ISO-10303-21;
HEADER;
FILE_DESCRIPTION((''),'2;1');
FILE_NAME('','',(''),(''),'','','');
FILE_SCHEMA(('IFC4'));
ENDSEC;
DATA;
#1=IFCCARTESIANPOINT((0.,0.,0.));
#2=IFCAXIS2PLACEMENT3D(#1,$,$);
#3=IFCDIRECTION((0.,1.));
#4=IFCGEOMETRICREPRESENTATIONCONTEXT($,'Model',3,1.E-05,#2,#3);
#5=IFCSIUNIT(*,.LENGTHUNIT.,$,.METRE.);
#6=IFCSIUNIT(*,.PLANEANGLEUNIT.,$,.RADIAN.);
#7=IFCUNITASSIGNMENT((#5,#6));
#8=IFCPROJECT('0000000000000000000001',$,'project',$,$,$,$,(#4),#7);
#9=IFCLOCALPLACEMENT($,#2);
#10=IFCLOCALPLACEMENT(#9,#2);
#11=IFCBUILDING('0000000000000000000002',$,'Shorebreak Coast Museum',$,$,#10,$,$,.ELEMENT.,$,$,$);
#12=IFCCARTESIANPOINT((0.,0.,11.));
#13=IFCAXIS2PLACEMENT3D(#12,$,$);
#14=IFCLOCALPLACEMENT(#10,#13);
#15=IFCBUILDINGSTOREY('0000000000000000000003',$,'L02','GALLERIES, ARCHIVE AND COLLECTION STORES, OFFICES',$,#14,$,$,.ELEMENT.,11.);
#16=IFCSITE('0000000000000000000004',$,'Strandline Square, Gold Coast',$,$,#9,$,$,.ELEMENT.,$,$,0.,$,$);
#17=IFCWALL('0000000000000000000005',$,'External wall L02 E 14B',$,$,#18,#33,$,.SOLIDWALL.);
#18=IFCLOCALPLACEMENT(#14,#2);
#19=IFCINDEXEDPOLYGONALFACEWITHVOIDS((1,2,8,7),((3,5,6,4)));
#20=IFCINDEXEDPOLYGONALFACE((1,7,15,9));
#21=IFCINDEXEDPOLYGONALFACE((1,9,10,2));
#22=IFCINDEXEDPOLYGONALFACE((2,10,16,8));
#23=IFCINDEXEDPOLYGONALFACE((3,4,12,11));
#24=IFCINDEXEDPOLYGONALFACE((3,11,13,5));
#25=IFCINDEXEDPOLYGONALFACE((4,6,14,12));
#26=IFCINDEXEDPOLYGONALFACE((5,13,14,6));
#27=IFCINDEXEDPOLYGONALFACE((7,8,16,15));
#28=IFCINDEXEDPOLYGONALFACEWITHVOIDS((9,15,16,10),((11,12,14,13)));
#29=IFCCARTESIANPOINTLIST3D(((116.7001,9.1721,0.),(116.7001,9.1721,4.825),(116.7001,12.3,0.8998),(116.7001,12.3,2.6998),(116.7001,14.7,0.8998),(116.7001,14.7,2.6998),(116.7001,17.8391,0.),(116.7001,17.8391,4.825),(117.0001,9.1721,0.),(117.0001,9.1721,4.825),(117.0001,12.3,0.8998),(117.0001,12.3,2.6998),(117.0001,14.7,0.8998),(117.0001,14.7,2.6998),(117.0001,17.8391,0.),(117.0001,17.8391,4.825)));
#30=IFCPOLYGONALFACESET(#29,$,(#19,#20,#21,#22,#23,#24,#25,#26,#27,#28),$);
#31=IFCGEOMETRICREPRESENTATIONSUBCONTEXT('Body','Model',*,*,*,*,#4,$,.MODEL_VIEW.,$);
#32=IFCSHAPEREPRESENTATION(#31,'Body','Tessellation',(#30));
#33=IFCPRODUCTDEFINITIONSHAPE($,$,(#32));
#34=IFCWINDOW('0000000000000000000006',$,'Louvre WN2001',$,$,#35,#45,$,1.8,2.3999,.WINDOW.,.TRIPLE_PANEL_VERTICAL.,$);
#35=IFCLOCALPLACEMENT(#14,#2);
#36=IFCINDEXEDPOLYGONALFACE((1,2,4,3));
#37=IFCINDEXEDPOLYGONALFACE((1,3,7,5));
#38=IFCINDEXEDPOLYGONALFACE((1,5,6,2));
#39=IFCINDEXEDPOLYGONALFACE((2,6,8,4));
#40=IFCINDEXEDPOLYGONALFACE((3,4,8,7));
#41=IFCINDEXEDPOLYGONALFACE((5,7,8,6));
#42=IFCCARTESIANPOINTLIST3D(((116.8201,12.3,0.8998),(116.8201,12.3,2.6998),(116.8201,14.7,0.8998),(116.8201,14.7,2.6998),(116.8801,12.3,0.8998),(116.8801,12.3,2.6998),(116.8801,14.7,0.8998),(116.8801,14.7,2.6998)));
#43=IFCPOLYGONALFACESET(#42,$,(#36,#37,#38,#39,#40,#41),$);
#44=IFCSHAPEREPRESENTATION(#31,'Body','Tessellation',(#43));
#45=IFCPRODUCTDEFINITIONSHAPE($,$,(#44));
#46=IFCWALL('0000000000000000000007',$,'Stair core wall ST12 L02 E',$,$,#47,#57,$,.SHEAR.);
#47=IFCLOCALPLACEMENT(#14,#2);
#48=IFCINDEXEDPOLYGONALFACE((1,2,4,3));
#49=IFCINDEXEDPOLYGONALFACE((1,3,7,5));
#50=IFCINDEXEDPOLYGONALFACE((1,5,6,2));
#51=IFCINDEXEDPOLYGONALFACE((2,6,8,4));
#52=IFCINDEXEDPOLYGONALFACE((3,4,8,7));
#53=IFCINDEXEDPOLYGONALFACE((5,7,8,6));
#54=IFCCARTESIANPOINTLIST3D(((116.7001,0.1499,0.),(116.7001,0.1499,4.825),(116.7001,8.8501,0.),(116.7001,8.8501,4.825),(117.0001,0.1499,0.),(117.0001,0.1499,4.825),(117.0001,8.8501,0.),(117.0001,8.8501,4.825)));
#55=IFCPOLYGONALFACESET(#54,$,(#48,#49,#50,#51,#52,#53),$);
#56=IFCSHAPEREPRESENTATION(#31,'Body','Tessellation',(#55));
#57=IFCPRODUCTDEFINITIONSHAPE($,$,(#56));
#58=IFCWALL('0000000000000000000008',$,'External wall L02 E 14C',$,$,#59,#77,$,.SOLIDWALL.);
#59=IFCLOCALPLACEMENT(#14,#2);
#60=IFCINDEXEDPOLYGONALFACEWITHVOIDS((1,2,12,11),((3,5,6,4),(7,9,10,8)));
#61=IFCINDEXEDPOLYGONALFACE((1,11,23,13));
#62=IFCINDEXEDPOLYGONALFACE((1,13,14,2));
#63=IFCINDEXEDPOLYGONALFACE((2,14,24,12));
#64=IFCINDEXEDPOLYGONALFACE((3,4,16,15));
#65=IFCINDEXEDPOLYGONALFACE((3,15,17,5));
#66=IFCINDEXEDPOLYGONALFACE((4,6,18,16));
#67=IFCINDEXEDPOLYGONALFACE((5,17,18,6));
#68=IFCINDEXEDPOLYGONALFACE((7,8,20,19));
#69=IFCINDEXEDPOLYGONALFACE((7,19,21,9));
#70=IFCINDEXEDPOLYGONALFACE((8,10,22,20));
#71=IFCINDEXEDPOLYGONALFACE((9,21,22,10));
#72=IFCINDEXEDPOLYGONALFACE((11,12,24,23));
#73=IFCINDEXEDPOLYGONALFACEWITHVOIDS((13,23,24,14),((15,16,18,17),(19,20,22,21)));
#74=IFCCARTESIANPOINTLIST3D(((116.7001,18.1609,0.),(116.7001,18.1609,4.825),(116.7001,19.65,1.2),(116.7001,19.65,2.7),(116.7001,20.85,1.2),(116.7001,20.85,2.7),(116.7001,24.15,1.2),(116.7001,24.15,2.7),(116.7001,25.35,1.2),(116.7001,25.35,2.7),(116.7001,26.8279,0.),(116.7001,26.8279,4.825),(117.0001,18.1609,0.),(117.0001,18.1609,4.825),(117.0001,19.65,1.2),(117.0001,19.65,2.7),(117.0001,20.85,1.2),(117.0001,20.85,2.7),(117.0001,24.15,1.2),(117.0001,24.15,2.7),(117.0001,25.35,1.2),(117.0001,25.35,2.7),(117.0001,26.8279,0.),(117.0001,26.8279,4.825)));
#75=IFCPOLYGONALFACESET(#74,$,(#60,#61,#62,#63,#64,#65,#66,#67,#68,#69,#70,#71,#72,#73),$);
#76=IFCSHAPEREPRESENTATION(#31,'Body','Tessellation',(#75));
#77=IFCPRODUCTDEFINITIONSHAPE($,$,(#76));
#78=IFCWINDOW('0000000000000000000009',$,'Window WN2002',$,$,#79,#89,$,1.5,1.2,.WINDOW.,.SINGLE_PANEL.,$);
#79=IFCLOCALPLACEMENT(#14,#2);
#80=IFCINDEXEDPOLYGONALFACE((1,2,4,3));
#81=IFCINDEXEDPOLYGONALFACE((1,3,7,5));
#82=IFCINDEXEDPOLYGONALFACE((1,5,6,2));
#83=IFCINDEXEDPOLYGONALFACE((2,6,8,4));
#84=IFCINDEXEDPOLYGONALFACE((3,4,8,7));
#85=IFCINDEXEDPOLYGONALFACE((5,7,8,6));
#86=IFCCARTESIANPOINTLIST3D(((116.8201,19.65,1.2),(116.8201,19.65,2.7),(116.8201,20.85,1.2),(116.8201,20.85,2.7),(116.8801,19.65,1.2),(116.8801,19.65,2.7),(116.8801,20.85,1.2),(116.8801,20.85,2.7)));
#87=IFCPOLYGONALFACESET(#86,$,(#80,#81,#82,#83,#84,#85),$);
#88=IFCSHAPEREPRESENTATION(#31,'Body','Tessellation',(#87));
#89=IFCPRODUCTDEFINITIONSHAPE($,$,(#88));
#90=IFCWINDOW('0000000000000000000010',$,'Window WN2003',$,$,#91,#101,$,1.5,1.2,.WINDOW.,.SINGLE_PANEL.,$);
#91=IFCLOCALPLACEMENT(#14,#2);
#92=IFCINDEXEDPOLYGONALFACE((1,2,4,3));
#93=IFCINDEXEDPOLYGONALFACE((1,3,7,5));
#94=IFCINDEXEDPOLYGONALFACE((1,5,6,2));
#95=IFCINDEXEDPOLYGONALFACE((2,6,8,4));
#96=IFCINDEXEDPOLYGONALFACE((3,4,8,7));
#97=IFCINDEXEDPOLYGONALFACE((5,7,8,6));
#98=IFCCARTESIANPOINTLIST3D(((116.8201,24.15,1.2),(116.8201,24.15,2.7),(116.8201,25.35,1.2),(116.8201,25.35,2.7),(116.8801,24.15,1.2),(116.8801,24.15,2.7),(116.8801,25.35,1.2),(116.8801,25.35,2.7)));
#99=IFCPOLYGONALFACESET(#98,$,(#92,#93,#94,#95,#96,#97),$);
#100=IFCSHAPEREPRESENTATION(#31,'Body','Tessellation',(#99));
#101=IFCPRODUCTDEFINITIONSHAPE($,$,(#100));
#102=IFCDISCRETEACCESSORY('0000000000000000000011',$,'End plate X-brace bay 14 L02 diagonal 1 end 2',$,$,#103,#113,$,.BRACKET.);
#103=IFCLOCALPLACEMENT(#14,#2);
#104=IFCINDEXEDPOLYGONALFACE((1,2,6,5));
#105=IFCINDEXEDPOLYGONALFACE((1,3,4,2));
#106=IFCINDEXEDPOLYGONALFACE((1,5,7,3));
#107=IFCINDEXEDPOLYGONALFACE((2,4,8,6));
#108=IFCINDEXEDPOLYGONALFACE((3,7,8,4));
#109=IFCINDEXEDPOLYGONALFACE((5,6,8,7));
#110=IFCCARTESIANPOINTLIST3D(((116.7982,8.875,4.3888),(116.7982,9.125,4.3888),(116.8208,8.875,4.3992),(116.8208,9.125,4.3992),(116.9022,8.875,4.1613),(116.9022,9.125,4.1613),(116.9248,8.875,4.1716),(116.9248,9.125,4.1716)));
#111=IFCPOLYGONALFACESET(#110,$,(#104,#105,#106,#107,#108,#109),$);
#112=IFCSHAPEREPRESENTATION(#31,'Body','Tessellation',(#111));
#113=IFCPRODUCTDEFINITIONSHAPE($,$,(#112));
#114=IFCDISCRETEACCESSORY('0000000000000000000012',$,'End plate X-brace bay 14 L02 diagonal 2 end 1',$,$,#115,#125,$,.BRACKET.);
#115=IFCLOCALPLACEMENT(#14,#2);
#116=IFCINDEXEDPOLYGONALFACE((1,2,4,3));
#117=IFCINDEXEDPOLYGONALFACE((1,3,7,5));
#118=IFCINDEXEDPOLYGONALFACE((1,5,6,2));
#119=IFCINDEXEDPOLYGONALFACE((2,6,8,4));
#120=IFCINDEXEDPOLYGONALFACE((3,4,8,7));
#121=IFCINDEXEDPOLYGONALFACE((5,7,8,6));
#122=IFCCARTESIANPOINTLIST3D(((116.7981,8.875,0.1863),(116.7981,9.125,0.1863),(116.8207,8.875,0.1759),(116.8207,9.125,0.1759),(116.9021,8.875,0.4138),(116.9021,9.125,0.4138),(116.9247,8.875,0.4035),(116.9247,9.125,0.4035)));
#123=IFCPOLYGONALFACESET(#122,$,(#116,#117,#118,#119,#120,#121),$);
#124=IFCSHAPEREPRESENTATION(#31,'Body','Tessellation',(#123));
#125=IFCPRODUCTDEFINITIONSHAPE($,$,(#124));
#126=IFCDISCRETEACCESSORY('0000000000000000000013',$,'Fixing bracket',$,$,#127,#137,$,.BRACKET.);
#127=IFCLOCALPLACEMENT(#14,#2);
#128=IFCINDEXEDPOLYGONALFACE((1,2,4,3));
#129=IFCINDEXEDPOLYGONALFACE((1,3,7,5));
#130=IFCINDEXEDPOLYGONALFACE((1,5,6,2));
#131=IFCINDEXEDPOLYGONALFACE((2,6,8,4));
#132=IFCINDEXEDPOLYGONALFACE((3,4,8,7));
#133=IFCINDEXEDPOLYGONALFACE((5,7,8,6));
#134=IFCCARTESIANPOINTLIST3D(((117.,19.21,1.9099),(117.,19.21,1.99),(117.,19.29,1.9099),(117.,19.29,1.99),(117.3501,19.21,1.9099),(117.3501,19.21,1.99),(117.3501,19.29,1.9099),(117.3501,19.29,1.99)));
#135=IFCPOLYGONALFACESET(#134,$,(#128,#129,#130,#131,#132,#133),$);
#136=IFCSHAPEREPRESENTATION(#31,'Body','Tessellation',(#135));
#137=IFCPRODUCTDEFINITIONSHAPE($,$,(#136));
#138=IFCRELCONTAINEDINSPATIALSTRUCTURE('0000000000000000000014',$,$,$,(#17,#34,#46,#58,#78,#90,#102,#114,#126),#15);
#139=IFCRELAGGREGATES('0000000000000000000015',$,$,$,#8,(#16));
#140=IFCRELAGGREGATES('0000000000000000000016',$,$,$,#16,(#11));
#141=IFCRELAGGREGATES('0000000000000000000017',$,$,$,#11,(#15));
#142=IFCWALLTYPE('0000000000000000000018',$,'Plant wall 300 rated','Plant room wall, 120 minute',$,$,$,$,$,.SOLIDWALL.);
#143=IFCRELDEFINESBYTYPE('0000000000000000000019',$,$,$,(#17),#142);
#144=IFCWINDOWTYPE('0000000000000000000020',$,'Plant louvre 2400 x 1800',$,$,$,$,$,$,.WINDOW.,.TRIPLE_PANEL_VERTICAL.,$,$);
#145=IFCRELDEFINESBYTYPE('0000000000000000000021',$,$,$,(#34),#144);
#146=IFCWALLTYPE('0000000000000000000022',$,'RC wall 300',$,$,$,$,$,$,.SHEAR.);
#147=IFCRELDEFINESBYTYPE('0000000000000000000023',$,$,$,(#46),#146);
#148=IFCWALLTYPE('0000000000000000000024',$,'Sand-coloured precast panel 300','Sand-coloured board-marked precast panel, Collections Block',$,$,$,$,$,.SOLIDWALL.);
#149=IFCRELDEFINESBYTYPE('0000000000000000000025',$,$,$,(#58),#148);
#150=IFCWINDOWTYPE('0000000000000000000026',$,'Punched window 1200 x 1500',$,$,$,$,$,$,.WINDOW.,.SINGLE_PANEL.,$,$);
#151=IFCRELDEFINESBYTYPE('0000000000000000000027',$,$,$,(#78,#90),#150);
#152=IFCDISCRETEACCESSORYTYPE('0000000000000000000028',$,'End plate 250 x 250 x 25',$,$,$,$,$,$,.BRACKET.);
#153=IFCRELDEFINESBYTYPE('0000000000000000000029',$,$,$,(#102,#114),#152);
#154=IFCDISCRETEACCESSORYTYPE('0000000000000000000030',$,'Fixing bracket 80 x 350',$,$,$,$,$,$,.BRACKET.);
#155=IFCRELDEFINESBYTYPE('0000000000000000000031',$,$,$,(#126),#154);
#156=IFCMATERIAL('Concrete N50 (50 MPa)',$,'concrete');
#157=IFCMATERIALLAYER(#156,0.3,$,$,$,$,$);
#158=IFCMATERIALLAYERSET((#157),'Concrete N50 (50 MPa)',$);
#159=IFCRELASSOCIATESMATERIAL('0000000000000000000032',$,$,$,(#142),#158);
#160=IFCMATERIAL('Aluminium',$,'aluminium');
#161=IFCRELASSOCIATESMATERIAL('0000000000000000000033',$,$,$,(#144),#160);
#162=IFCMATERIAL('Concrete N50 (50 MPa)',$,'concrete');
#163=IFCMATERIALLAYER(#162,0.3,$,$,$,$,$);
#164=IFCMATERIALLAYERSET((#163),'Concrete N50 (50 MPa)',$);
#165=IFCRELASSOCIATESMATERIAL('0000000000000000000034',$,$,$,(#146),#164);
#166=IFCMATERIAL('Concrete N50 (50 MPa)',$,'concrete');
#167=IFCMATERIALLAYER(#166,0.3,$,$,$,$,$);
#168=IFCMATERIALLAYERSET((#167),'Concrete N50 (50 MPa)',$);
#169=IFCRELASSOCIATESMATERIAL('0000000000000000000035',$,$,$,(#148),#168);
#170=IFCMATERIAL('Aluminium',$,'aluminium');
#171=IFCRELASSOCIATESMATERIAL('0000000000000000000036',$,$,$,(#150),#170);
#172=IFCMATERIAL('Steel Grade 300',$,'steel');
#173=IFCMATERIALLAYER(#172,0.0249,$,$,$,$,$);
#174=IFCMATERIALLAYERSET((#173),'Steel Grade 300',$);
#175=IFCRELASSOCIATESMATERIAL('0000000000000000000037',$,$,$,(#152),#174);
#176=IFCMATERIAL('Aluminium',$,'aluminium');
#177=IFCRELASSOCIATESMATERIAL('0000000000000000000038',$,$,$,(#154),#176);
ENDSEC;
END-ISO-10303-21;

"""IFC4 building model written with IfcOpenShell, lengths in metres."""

from ifc_helpers import new_model, si_unit, direction, frame, frame_2d, origin, origin_2d, place, context, subcontext, project, spatial, polyline, rectangle, outline, extrude, material, layer, layer_set, type_object, element, fill, save


model = new_model("IFC4")

# Units and contexts
model_context = context("Model", 3, precision=1e-05, world=origin(), true_north=direction((0.0, 1.0)))
body_context = subcontext(model_context, "Body", "Model", "MODEL_VIEW")
ifc_project = project(units=[si_unit("LENGTHUNIT", "METRE"), si_unit("PLANEANGLEUNIT", "RADIAN")], contexts=[model_context])

# Site, building, storey
site_placement = place(None, origin())
site = spatial("IfcSite", under=ifc_project, at=site_placement, Name="Strandline Square, Gold Coast", CompositionType="ELEMENT", RefElevation=0.0)
building_placement = place(site_placement, origin())
building = spatial("IfcBuilding", under=site, at=building_placement, Name="Shorebreak Coast Museum", CompositionType="ELEMENT")
storey_placement = place(building_placement, frame((0.0, 0.0, 11.0)))
storey = spatial("IfcBuildingStorey", under=building, at=storey_placement, Name="L02", Description="GALLERIES, ARCHIVE AND COLLECTION STORES, OFFICES", CompositionType="ELEMENT", Elevation=11.0)

# Wall, opening, window
ifc_material_1 = material(Name="Concrete N50 (50 MPa)", Category="concrete")
ifc_layer_1 = layer(ifc_material_1, 0.3)
ifc_layer_set_1 = layer_set([ifc_layer_1], Name="Concrete N50 (50 MPa)")
wall_type_1 = type_object("IfcWallType", Name="Plant wall 300 rated", Description="Plant room wall, 120 minute", PredefinedType="SOLIDWALL", material=ifc_layer_set_1)
wall_1_placement = place(storey_placement, frame((116.8501, 9.1721, 0.0), z_axis=(0.0, 0.0, 1.0), x_axis=(0.0, 1.0, 0.0)))
wall_1 = element("IfcWall", 1, at=wall_1_placement, inside=storey, type_object=wall_type_1, Name="External wall L02 E 14B", PredefinedType="SOLIDWALL", context=body_context, shape_type="SweptSolid", body=[
    extrude(rectangle(XDim=8.667, YDim=0.3, at=frame_2d((4.3335, 0.0))), origin(), (0.0, 0.0, 1.0), 4.825),
])
opening_1_placement = place(wall_1_placement, frame((3.1279, 0.0, 0.8999)))
opening_1 = element("IfcOpeningElement", 2, at=opening_1_placement, cuts=wall_1, PredefinedType="OPENING", context=body_context, shape_type="SweptSolid", body=[
    extrude(rectangle(XDim=2.3999, YDim=1.8, at=frame_2d((1.2, 0.8999))), frame((0.0, 0.1599, 0.0), z_axis=(0.0, -1.0, 0.0), x_axis=(1.0, 0.0, 0.0)), (0.0, 0.0, 1.0), 0.3201),
])
ifc_material_2 = material(Name="Aluminium", Category="aluminium")
window_type_1 = type_object("IfcWindowType", Name="Plant louvre 2400 x 1800", PartitioningType="TRIPLE_PANEL_VERTICAL", PredefinedType="WINDOW", material=ifc_material_2)
window_1_placement = place(opening_1_placement, origin())
window_1 = element("IfcWindow", 3, at=window_1_placement, inside=storey, type_object=window_type_1, Name="Louvre WN2001", OverallHeight=1.8, OverallWidth=2.3999, PartitioningType="TRIPLE_PANEL_VERTICAL", PredefinedType="WINDOW", context=body_context, shape_type="SweptSolid", body=[
    extrude(rectangle(XDim=2.3999, YDim=1.8, at=frame_2d((1.2, 0.8999))), frame((0.0, 0.03, 0.0), z_axis=(0.0, -1.0, 0.0), x_axis=(1.0, 0.0, 0.0)), (0.0, 0.0, 1.0), 0.0601),
])
fill(opening_1, window_1)

# Wall
ifc_material_3 = material(Name="Concrete N50 (50 MPa)", Category="concrete")
ifc_layer_2 = layer(ifc_material_3, 0.3)
ifc_layer_set_2 = layer_set([ifc_layer_2], Name="Concrete N50 (50 MPa)")
wall_type_2 = type_object("IfcWallType", Name="RC wall 300", PredefinedType="SHEAR", material=ifc_layer_set_2)
wall_2_placement = place(storey_placement, frame((116.8501, 0.1499, 0.0), z_axis=(0.0, 0.0, 1.0), x_axis=(0.0, 1.0, 0.0)))
element("IfcWall", 4, at=wall_2_placement, inside=storey, type_object=wall_type_2, Name="Stair core wall ST12 L02 E", PredefinedType="SHEAR", context=body_context, shape_type="SweptSolid", body=[
    extrude(rectangle(XDim=8.7002, YDim=0.3, at=frame_2d((4.3501, 0.0))), origin(), (0.0, 0.0, 1.0), 4.825),
])

# Wall, openings, windows
ifc_material_4 = material(Name="Concrete N50 (50 MPa)", Category="concrete")
ifc_layer_3 = layer(ifc_material_4, 0.3)
ifc_layer_set_3 = layer_set([ifc_layer_3], Name="Concrete N50 (50 MPa)")
wall_type_3 = type_object("IfcWallType", Name="Sand-coloured precast panel 300", Description="Sand-coloured board-marked precast panel, Collections Block", PredefinedType="SOLIDWALL", material=ifc_layer_set_3)
wall_3_placement = place(storey_placement, frame((116.8501, 18.1609, 0.0), z_axis=(0.0, 0.0, 1.0), x_axis=(0.0, 1.0, 0.0)))
wall_3 = element("IfcWall", 5, at=wall_3_placement, inside=storey, type_object=wall_type_3, Name="External wall L02 E 14C", PredefinedType="SOLIDWALL", context=body_context, shape_type="SweptSolid", body=[
    extrude(rectangle(XDim=8.667, YDim=0.3, at=frame_2d((4.3335, 0.0))), origin(), (0.0, 0.0, 1.0), 4.825),
])
opening_2_placement = place(wall_3_placement, frame((1.489, 0.0, 1.2)))
opening_2 = element("IfcOpeningElement", 6, at=opening_2_placement, cuts=wall_3, PredefinedType="OPENING", context=body_context, shape_type="SweptSolid", body=[
    extrude(rectangle(XDim=1.2, YDim=1.5, at=frame_2d((0.6001, 0.75))), frame((0.0, 0.1599, 0.0), z_axis=(0.0, -1.0, 0.0), x_axis=(1.0, 0.0, 0.0)), (0.0, 0.0, 1.0), 0.3201),
])
opening_3_placement = place(wall_3_placement, frame((5.989, 0.0, 1.2)))
opening_3 = element("IfcOpeningElement", 7, at=opening_3_placement, cuts=wall_3, PredefinedType="OPENING", context=body_context, shape_type="SweptSolid", body=[
    extrude(rectangle(XDim=1.2, YDim=1.5, at=frame_2d((0.6001, 0.75))), frame((0.0, 0.1599, 0.0), z_axis=(0.0, -1.0, 0.0), x_axis=(1.0, 0.0, 0.0)), (0.0, 0.0, 1.0), 0.3201),
])
ifc_material_5 = material(Name="Aluminium", Category="aluminium")
window_type_2 = type_object("IfcWindowType", Name="Punched window 1200 x 1500", PartitioningType="SINGLE_PANEL", PredefinedType="WINDOW", material=ifc_material_5)
window_2_placement = place(opening_2_placement, origin())
window_2 = element("IfcWindow", 8, at=window_2_placement, inside=storey, type_object=window_type_2, Name="Window WN2002", OverallHeight=1.5, OverallWidth=1.2, PartitioningType="SINGLE_PANEL", PredefinedType="WINDOW", context=body_context, shape_type="SweptSolid", body=[
    extrude(rectangle(XDim=1.2, YDim=1.5, at=frame_2d((0.6001, 0.75))), frame((0.0, 0.03, 0.0), z_axis=(0.0, -1.0, 0.0), x_axis=(1.0, 0.0, 0.0)), (0.0, 0.0, 1.0), 0.0601),
])
fill(opening_2, window_2)
window_3_placement = place(opening_3_placement, origin())
window_3 = element("IfcWindow", 9, at=window_3_placement, inside=storey, type_object=window_type_2, Name="Window WN2003", OverallHeight=1.5, OverallWidth=1.2, PartitioningType="SINGLE_PANEL", PredefinedType="WINDOW", context=body_context, shape_type="SweptSolid", body=[
    extrude(rectangle(XDim=1.2, YDim=1.5, at=frame_2d((0.6001, 0.75))), frame((0.0, 0.03, 0.0), z_axis=(0.0, -1.0, 0.0), x_axis=(1.0, 0.0, 0.0)), (0.0, 0.0, 1.0), 0.0601),
])
fill(opening_3, window_3)

# Discrete accessories
ifc_material_6 = material(Name="Steel Grade 300", Category="steel")
ifc_layer_4 = layer(ifc_material_6, 0.0249)
ifc_layer_set_4 = layer_set([ifc_layer_4], Name="Steel Grade 300")
discrete_accessory_type_1 = type_object("IfcDiscreteAccessoryType", Name="End plate 250 x 250 x 25", PredefinedType="BRACKET", material=ifc_layer_set_4)
for number, where, z_axis, x_axis, name in (
    (10, (116.9248, 8.875, 4.1716), (0.909496, 0.0, 0.415714), (0.0, 1.0, 0.0), "End plate X-brace bay 14 L02 diagonal 1 end 2"),
    (11, (116.7981, 9.125, 0.1863), (-0.909496, 0.0, 0.415714), (0.0, -1.0, 0.0), "End plate X-brace bay 14 L02 diagonal 2 end 1"),
):
    element("IfcDiscreteAccessory", number, at=place(storey_placement, frame(where, z_axis=z_axis, x_axis=x_axis)), inside=storey, type_object=discrete_accessory_type_1, Name=name, PredefinedType="BRACKET", context=body_context, shape_type="SweptSolid", body=[
        extrude(outline(polyline([(0.0, 0.0), (0.25, 0.0), (0.25, 0.2502), (0.0, 0.2502), (0.0, 0.0)])), origin(), (0.0, 0.0, -1.0), 0.0249),
    ])
ifc_material_7 = material(Name="Aluminium", Category="aluminium")
discrete_accessory_type_2 = type_object("IfcDiscreteAccessoryType", Name="Fixing bracket 80 x 350", PredefinedType="BRACKET", material=ifc_material_7)
discrete_accessory_placement = place(storey_placement, frame((117.175, 19.25, 1.9099), z_axis=(0.0, 0.0, 1.0), x_axis=(1.0, 0.0, 0.0)))
element("IfcDiscreteAccessory", 12, at=discrete_accessory_placement, inside=storey, type_object=discrete_accessory_type_2, Name="Fixing bracket", PredefinedType="BRACKET", context=body_context, shape_type="SweptSolid", body=[
    extrude(rectangle(XDim=0.3501, YDim=0.0801, at=origin_2d()), origin(), (0.0, 0.0, 1.0), 0.0801),
])

save(model, "model.ifc")
